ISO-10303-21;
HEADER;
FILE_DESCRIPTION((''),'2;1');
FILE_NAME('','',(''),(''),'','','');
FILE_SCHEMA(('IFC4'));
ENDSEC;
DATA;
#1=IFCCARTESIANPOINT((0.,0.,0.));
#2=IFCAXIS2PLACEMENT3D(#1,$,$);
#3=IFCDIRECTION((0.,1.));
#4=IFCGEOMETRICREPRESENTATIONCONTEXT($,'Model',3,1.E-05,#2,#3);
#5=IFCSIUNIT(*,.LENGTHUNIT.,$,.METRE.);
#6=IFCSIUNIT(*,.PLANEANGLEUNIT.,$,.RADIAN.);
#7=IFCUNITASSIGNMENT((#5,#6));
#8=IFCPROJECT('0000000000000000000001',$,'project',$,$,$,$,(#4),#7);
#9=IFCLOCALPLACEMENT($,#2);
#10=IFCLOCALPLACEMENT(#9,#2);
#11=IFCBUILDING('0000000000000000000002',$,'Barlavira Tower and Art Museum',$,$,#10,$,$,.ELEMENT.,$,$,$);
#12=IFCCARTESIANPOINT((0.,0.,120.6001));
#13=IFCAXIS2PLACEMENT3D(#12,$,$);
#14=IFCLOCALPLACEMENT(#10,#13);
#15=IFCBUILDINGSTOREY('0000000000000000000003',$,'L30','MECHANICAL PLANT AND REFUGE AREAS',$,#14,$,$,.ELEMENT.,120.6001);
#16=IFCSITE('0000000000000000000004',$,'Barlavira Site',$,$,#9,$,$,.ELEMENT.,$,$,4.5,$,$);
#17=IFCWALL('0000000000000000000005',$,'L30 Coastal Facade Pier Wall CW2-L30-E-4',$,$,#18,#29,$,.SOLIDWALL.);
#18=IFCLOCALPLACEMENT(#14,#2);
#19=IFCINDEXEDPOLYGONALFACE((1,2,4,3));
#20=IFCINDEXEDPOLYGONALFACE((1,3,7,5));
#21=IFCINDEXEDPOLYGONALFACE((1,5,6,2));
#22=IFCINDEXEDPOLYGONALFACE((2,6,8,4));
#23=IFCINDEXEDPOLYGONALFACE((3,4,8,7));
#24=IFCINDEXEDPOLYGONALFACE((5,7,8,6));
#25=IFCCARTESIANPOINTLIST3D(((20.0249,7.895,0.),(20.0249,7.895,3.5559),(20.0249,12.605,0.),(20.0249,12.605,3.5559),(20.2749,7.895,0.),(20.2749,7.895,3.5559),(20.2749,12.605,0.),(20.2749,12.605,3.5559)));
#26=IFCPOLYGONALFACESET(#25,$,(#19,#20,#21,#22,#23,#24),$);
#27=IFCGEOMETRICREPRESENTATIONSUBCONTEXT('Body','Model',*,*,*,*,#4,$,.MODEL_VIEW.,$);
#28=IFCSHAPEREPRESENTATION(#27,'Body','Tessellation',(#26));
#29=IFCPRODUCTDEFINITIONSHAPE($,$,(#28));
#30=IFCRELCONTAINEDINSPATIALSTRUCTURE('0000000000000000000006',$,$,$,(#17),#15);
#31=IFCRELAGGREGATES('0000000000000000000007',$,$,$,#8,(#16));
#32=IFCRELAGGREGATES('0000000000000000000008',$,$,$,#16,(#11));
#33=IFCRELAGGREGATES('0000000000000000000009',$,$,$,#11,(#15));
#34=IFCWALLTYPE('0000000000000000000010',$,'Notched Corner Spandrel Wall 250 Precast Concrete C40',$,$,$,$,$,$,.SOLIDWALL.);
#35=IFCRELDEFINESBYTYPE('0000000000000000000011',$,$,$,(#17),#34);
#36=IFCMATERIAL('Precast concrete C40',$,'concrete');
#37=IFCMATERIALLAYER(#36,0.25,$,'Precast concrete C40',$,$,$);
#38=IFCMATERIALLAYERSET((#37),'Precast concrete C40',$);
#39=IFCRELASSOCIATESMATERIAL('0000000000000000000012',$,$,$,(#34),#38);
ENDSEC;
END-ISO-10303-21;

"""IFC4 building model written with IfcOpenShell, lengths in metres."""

from ifc_helpers import new_model, si_unit, direction, frame, frame_2d, origin, place, context, subcontext, project, spatial, rectangle, extrude, material, layer, layer_set, type_object, element, save


model = new_model("IFC4")

# Units and contexts
model_context = context("Model", 3, precision=1e-05, world=origin(), true_north=direction((0.0, 1.0)))
body_context = subcontext(model_context, "Body", "Model", "MODEL_VIEW")
ifc_project = project(units=[si_unit("LENGTHUNIT", "METRE"), si_unit("PLANEANGLEUNIT", "RADIAN")], contexts=[model_context])

# Site, building, storey
site_placement = place(None, origin())
site = spatial("IfcSite", under=ifc_project, at=site_placement, Name="Barlavira Site", CompositionType="ELEMENT", RefElevation=4.5)
building_placement = place(site_placement, origin())
building = spatial("IfcBuilding", under=site, at=building_placement, Name="Barlavira Tower and Art Museum", CompositionType="ELEMENT")
storey_placement = place(building_placement, frame((0.0, 0.0, 120.6001)))
storey = spatial("IfcBuildingStorey", under=building, at=storey_placement, Name="L30", Description="MECHANICAL PLANT AND REFUGE AREAS", CompositionType="ELEMENT", Elevation=120.6001)

# Wall
ifc_material_1 = material(Name="Precast concrete C40", Category="concrete")
ifc_layer_1 = layer(ifc_material_1, 0.25, Name="Precast concrete C40")
ifc_layer_set_1 = layer_set([ifc_layer_1], Name="Precast concrete C40")
wall_type = type_object("IfcWallType", Name="Notched Corner Spandrel Wall 250 Precast Concrete C40", PredefinedType="SOLIDWALL", material=ifc_layer_set_1)
wall_placement = place(storey_placement, frame((20.1499, 7.895, 0.0), z_axis=(0.0, 0.0, 1.0), x_axis=(0.0, 1.0, 0.0)))
element("IfcWall", 1, at=wall_placement, inside=storey, type_object=wall_type, Name="L30 Coastal Facade Pier Wall CW2-L30-E-4", PredefinedType="SOLIDWALL", context=body_context, shape_type="SweptSolid", body=[
    extrude(rectangle(XDim=4.71, YDim=0.25, at=frame_2d((2.355, 0.0))), origin(), (0.0, 0.0, 1.0), 3.5559),
])

save(model, "model.ifc")
